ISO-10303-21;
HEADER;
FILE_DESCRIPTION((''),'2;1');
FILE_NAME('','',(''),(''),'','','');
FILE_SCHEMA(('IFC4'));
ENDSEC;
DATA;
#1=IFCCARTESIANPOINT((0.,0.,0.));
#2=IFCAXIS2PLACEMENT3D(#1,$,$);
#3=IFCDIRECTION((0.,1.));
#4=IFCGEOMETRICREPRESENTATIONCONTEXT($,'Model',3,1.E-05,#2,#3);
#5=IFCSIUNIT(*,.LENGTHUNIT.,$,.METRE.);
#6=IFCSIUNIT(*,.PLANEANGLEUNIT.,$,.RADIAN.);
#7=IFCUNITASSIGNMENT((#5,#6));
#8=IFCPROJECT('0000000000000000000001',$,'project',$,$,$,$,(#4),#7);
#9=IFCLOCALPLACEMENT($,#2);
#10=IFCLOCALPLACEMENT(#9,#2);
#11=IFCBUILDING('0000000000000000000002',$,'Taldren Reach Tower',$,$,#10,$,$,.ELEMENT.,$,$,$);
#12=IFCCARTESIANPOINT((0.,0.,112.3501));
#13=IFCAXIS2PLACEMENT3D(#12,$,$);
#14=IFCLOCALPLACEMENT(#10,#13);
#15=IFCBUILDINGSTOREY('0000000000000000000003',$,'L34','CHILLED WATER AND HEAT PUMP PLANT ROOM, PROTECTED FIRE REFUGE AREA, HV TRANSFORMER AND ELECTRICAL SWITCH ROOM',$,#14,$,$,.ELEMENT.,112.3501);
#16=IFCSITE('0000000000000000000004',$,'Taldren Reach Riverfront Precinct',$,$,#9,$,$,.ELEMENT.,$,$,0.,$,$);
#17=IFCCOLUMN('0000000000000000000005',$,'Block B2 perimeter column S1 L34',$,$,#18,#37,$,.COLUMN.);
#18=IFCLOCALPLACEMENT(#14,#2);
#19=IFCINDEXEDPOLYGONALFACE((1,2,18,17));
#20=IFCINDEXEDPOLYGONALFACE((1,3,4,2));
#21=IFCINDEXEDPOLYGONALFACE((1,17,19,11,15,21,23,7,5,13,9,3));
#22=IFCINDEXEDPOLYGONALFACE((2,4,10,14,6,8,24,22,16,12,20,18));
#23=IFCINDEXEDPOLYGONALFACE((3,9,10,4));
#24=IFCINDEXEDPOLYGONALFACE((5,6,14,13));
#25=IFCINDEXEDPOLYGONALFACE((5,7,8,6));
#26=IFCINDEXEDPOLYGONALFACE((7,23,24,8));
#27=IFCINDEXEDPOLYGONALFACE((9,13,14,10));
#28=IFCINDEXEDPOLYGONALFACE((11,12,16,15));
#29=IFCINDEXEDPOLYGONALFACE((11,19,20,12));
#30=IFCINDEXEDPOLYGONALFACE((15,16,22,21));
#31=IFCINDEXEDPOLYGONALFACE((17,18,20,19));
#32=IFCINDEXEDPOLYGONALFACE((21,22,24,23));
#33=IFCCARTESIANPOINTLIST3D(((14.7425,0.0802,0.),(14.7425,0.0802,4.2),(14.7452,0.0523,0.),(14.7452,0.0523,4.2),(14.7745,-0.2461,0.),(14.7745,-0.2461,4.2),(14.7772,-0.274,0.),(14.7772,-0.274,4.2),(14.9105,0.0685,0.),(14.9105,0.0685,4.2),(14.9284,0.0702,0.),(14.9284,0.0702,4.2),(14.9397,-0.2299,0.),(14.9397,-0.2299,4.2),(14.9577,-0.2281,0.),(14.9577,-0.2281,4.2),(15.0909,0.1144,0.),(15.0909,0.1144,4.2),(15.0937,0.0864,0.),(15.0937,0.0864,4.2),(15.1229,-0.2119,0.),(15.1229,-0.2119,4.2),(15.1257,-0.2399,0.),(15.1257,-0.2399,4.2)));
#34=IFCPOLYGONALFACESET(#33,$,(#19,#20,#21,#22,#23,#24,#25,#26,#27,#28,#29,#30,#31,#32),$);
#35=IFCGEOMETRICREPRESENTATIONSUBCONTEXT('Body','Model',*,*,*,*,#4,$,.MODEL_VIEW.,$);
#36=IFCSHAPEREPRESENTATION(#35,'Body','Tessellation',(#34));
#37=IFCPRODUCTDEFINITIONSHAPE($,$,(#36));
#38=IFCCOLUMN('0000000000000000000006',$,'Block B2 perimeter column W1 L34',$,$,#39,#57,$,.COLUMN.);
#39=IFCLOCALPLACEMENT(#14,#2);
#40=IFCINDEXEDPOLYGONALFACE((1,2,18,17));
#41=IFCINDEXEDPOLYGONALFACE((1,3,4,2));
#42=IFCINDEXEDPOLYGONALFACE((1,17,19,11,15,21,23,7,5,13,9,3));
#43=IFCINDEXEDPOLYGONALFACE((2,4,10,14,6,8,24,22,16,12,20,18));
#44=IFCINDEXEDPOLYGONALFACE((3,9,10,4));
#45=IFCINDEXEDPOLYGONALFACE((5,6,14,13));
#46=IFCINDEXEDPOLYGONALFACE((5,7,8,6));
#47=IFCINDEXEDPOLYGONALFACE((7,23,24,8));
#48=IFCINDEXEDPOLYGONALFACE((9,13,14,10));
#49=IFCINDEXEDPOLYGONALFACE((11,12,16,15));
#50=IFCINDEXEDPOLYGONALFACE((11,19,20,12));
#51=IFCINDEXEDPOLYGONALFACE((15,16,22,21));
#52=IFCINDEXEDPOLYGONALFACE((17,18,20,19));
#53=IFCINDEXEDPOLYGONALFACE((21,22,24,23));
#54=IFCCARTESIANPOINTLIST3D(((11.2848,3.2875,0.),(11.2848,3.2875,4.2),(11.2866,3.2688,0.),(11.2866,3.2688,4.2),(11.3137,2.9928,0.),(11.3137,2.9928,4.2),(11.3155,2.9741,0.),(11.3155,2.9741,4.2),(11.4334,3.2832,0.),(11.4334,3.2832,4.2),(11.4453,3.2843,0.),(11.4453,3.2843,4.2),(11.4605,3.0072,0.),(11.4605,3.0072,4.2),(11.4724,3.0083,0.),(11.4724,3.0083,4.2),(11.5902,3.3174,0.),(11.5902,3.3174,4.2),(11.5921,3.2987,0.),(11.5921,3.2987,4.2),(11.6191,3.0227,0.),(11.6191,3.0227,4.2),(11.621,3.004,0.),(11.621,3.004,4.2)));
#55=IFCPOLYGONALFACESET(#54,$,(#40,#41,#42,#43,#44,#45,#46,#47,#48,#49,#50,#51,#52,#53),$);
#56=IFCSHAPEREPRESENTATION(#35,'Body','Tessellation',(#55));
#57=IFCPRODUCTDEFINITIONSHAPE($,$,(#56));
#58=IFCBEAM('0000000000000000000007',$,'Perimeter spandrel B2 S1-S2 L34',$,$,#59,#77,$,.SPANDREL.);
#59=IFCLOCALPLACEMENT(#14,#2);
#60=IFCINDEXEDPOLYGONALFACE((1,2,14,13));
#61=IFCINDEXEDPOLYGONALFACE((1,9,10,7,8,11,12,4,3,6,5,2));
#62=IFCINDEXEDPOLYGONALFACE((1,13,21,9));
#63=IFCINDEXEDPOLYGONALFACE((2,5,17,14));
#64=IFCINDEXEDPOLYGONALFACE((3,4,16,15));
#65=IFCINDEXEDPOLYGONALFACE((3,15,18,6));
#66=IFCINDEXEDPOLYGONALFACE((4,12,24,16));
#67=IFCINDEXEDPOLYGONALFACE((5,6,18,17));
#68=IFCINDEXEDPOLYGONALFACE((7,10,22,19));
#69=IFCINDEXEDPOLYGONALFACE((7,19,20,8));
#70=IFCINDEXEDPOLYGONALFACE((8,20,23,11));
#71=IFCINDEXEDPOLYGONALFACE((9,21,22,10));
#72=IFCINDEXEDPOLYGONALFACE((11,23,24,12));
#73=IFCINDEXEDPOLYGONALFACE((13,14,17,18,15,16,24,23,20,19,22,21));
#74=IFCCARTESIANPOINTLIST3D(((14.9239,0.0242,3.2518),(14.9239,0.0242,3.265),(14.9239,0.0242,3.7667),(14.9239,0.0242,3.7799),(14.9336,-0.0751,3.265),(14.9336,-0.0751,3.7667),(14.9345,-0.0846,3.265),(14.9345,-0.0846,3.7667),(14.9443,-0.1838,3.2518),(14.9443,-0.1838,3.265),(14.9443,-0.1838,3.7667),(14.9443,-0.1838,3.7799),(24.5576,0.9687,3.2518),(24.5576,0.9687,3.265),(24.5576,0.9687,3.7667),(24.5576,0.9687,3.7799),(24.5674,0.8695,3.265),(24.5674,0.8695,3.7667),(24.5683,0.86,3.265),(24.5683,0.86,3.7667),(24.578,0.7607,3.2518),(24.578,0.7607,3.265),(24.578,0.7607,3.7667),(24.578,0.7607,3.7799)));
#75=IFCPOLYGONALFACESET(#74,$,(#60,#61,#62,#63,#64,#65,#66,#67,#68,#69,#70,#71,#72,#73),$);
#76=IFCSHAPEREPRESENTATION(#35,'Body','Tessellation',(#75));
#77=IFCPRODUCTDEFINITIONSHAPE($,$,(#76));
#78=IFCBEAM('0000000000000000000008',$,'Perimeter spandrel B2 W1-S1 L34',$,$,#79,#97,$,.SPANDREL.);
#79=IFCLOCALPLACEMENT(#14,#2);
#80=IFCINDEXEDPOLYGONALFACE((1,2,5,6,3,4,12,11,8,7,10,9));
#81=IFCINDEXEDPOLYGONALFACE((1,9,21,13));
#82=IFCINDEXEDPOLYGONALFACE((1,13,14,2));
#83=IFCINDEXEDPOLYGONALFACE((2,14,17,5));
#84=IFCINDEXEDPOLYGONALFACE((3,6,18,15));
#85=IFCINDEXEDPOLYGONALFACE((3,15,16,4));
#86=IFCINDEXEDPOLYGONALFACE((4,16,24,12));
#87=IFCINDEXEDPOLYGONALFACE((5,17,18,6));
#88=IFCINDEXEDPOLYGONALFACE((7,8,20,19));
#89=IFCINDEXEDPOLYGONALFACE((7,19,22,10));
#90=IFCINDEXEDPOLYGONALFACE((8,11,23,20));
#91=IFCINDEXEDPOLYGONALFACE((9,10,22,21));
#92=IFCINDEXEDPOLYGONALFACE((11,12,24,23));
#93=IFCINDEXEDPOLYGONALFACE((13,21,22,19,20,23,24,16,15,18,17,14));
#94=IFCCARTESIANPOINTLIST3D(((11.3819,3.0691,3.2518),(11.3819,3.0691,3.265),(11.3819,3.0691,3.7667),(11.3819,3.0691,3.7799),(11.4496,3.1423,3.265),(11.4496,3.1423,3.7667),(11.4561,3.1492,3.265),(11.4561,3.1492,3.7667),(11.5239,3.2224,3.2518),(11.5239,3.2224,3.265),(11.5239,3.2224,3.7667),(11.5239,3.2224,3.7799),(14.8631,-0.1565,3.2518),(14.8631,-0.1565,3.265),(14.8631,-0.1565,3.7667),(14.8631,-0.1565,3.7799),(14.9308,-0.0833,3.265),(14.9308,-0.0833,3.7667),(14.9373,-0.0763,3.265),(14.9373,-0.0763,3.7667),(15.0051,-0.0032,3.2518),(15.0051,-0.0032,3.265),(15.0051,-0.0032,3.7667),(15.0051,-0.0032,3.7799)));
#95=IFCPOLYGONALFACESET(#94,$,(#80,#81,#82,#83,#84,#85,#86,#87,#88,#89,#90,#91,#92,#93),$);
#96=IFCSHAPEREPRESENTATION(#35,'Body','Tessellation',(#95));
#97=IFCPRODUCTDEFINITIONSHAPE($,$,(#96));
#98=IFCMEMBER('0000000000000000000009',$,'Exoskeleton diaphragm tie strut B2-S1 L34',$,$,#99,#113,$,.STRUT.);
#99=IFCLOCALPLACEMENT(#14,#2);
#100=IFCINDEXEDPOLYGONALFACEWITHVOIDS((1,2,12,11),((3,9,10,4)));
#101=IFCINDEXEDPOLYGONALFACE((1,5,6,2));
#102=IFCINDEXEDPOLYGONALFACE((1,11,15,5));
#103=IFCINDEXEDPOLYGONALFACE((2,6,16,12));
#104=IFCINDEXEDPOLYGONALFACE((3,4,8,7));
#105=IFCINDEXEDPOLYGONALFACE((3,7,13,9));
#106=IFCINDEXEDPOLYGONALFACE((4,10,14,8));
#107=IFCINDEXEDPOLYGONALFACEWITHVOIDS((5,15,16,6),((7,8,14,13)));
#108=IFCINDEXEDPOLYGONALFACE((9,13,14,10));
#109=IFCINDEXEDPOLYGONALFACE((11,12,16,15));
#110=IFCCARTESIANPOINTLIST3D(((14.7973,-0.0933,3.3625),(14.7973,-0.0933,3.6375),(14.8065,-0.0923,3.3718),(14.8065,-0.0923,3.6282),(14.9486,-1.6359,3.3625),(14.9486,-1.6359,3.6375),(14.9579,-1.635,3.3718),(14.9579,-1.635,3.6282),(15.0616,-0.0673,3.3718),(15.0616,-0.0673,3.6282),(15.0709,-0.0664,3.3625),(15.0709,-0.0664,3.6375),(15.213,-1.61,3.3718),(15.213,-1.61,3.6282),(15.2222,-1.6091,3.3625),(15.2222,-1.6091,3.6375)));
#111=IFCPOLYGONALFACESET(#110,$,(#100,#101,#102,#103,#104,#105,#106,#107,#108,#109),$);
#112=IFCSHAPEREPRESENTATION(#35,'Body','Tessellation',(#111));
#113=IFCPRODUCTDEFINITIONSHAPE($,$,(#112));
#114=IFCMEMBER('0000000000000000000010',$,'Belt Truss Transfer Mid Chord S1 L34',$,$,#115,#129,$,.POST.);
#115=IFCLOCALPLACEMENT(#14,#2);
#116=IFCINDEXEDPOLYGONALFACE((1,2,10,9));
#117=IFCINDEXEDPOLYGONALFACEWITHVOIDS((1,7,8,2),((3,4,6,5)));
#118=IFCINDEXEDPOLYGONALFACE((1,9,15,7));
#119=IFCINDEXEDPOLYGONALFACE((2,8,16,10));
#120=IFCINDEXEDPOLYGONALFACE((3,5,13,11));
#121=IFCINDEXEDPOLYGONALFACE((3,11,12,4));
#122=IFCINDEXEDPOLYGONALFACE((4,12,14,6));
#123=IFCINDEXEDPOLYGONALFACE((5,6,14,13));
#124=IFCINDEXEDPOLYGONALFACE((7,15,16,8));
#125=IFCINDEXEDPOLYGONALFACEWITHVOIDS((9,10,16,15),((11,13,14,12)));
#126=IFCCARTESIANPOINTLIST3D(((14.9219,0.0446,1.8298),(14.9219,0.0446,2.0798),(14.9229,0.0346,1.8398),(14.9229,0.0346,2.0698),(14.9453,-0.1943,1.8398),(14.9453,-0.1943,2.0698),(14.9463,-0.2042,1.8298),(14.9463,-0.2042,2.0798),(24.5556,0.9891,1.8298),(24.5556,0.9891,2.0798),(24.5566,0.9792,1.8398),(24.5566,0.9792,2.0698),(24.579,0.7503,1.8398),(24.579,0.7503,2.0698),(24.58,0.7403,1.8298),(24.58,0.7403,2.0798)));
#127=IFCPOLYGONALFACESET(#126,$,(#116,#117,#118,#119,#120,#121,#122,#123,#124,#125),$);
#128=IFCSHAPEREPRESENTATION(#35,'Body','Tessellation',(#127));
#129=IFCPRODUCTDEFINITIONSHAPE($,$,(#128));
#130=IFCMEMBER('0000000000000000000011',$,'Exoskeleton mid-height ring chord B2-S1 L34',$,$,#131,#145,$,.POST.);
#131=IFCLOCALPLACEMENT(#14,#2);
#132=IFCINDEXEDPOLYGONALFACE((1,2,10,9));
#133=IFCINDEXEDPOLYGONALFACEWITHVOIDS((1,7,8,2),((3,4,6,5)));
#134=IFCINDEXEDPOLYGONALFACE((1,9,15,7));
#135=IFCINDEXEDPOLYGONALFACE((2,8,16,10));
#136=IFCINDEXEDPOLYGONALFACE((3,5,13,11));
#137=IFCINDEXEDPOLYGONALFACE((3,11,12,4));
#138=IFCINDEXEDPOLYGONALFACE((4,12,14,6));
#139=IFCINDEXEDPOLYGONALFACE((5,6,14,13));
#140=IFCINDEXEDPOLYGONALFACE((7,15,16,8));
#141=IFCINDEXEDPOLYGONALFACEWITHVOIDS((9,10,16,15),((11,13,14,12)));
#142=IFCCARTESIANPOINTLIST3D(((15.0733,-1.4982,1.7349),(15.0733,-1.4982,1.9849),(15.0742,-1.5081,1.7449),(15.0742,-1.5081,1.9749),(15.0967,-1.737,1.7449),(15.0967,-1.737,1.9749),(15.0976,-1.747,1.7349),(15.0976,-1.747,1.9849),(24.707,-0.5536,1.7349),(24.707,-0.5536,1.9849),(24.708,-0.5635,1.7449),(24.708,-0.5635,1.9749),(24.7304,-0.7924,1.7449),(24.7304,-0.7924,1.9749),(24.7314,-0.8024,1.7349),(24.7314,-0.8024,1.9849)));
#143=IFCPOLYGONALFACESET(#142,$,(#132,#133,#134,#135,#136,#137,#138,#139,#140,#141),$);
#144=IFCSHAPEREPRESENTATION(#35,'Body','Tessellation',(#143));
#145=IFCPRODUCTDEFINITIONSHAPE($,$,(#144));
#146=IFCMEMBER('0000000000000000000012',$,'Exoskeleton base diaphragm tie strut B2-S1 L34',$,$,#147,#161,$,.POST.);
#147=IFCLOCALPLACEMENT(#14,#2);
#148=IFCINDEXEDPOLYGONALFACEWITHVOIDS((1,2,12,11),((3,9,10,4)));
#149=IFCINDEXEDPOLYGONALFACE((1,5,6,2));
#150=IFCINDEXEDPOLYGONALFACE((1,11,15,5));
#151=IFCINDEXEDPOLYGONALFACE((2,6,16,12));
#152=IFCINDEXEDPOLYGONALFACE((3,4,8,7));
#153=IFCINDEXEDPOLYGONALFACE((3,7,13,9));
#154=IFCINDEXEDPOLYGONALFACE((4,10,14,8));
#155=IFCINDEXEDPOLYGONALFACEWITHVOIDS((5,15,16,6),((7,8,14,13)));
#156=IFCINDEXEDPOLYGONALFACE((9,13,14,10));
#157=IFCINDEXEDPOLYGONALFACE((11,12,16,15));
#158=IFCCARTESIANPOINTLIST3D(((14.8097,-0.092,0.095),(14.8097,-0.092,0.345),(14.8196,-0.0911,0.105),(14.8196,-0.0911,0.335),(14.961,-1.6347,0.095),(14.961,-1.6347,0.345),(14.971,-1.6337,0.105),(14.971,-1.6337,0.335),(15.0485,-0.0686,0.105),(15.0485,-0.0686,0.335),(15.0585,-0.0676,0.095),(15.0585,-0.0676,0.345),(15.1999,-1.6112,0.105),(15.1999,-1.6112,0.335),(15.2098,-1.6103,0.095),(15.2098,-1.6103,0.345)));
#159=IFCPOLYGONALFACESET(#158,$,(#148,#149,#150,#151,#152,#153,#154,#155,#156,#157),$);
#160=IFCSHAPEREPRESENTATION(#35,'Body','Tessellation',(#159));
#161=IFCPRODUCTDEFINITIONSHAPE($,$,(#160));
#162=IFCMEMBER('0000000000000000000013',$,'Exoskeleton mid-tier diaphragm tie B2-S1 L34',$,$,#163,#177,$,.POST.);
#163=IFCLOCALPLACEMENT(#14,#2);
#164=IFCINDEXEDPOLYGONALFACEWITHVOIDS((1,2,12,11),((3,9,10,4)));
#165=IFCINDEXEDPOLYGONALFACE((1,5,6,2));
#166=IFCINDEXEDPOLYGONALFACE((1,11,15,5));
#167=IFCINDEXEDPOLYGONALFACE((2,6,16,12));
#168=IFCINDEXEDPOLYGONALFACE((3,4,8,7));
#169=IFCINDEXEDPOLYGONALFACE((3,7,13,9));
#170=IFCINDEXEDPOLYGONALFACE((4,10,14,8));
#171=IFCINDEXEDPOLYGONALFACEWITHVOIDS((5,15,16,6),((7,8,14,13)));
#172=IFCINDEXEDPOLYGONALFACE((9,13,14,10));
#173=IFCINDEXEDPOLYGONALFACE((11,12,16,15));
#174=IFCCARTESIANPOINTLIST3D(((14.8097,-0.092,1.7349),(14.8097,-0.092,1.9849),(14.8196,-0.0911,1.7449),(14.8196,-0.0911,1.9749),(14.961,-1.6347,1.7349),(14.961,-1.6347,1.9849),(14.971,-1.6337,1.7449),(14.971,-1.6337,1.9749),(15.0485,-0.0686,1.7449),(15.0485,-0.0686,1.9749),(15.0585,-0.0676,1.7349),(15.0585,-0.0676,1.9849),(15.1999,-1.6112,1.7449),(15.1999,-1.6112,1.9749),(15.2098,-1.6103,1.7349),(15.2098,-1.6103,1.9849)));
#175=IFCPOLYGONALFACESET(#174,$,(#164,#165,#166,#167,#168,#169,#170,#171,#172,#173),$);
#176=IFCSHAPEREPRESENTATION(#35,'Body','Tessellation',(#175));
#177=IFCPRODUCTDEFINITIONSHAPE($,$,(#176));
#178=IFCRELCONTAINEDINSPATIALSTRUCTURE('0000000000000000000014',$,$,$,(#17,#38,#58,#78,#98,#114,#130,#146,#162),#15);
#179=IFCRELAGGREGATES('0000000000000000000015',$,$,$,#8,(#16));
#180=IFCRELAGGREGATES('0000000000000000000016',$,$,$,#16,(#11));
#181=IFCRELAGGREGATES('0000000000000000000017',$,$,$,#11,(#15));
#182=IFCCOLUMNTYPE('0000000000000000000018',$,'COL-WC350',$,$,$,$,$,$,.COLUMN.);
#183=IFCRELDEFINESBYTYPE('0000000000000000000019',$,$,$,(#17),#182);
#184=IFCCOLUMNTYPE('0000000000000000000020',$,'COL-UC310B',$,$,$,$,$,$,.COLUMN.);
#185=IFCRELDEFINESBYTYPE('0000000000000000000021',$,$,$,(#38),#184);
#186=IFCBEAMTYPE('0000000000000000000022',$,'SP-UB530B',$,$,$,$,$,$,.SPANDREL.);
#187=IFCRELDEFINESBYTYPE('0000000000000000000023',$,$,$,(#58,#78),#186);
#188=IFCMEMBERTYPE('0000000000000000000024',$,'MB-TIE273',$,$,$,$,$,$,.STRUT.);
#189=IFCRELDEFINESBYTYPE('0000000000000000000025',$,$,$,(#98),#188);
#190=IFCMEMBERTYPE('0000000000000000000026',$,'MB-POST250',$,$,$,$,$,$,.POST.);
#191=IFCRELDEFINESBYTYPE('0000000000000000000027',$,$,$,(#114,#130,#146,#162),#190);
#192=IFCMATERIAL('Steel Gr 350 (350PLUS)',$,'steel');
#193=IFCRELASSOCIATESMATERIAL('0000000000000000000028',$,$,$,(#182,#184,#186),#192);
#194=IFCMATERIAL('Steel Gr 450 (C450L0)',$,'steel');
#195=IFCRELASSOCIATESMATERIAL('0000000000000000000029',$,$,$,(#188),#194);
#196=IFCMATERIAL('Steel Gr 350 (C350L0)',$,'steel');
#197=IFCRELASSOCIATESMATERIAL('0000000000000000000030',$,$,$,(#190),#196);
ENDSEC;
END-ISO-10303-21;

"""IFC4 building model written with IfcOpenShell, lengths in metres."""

from ifc_helpers import new_model, si_unit, direction, frame, origin, origin_2d, place, context, subcontext, project, spatial, hollow_rectangle, i_section, extrude, source, transform, mapped, material, material_profile, profile_set, type_object, element, save


model = new_model("IFC4")

# Units and contexts
model_context = context("Model", 3, precision=1e-05, world=origin(), true_north=direction((0.0, 1.0)))
body_context = subcontext(model_context, "Body", "Model", "MODEL_VIEW")
ifc_project = project(units=[si_unit("LENGTHUNIT", "METRE"), si_unit("PLANEANGLEUNIT", "RADIAN")], contexts=[model_context])

# Site, building, storey
site_placement = place(None, origin())
site = spatial("IfcSite", under=ifc_project, at=site_placement, Name="Taldren Reach Riverfront Precinct", CompositionType="ELEMENT", RefElevation=0.0)
building_placement = place(site_placement, origin())
building = spatial("IfcBuilding", under=site, at=building_placement, Name="Taldren Reach Tower", CompositionType="ELEMENT")
storey_placement = place(building_placement, frame((0.0, 0.0, 112.3501)))
storey = spatial("IfcBuildingStorey", under=building, at=storey_placement, Name="L34", Description="CHILLED WATER AND HEAT PUMP PLANT ROOM, PROTECTED FIRE REFUGE AREA, HV TRANSFORMER AND ELECTRICAL SWITCH ROOM", CompositionType="ELEMENT", Elevation=112.3501)

# Columns
ifc_material_1 = material(Name="Steel Gr 350 (350PLUS)", Category="steel")
ifc_material_profile_1 = material_profile(ifc_material_1, i_section(OverallWidth=0.3501, OverallDepth=0.356, WebThickness=0.0181, FlangeThickness=0.0281, at=origin_2d()), Name="350WC197")
ifc_profile_set_1 = profile_set([ifc_material_profile_1], Name="Steel Gr 350 (350PLUS)")
column_type_1 = type_object("IfcColumnType", Name="COL-WC350", PredefinedType="COLUMN", material=ifc_profile_set_1)
shared_shape_1 = source(origin(), body_context, "Body", "SweptSolid", [
    extrude(i_section(OverallWidth=0.3501, OverallDepth=0.356, WebThickness=0.0181, FlangeThickness=0.0281, at=origin_2d()), origin(), (0.0, 0.0, 1.0), 4.2),
])
column_1_placement = place(storey_placement, frame((14.9341, -0.0798, 0.0), z_axis=(0.0, 0.0, 1.0), x_axis=(0.995227, 0.097583, 0.0)))
element("IfcColumn", 1, at=column_1_placement, inside=storey, type_object=column_type_1, Name="Block B2 perimeter column S1 L34", PredefinedType="COLUMN", context=body_context, shape_type="MappedRepresentation", body=[
    mapped(shared_shape_1, transform((0.0, 0.0, 0.0), scale=1.0)),
])
ifc_material_profile_2 = material_profile(ifc_material_1, i_section(OverallWidth=0.3069, OverallDepth=0.3149, WebThickness=0.012, FlangeThickness=0.0188, at=origin_2d()), Name="310UC118")
ifc_profile_set_2 = profile_set([ifc_material_profile_2], Name="Steel Gr 350 (350PLUS)")
column_type_2 = type_object("IfcColumnType", Name="COL-UC310B", PredefinedType="COLUMN", material=ifc_profile_set_2)
shared_shape_2 = source(origin(), body_context, "Body", "SweptSolid", [
    extrude(i_section(OverallWidth=0.3069, OverallDepth=0.3149, WebThickness=0.012, FlangeThickness=0.0188, at=origin_2d()), origin(), (0.0, 0.0, 1.0), 4.2),
])
column_2_placement = place(storey_placement, frame((11.4529, 3.1458, 0.0), z_axis=(0.0, 0.0, 1.0), x_axis=(0.995227, 0.097583, 0.0)))
element("IfcColumn", 2, at=column_2_placement, inside=storey, type_object=column_type_2, Name="Block B2 perimeter column W1 L34", PredefinedType="COLUMN", context=body_context, shape_type="MappedRepresentation", body=[
    mapped(shared_shape_2, transform((0.0, 0.0, 0.0), scale=1.0)),
])

# Beams
ifc_material_profile_3 = material_profile(ifc_material_1, i_section(OverallWidth=0.209, OverallDepth=0.5281, WebThickness=0.0095, FlangeThickness=0.0132, at=origin_2d()), Name="530UB82.0")
ifc_profile_set_3 = profile_set([ifc_material_profile_3], Name="Steel Gr 350 (350PLUS)")
beam_type_1 = type_object("IfcBeamType", Name="SP-UB530B", PredefinedType="SPANDREL", material=ifc_profile_set_3)
shared_shape_3 = source(origin(), body_context, "Body", "SweptSolid", [
    extrude(i_section(OverallWidth=0.209, OverallDepth=0.5281, WebThickness=0.0095, FlangeThickness=0.0132, at=origin_2d()), origin(), (0.0, 0.0, 1.0), 9.6799),
])
beam_1_placement = place(storey_placement, frame((14.9341, -0.0798, 3.5159), z_axis=(0.995228, 0.097581, 0.0), x_axis=(-0.097581, 0.995228, 0.0)))
element("IfcBeam", 3, at=beam_1_placement, inside=storey, type_object=beam_type_1, Name="Perimeter spandrel B2 S1-S2 L34", PredefinedType="SPANDREL", context=body_context, shape_type="MappedRepresentation", body=[
    mapped(shared_shape_3, transform((0.0, 0.0, 0.0), scale=1.0)),
])
shared_shape_4 = source(origin(), body_context, "Body", "SweptSolid", [
    extrude(i_section(OverallWidth=0.209, OverallDepth=0.5281, WebThickness=0.0095, FlangeThickness=0.0132, at=origin_2d()), origin(), (0.0, 0.0, 1.0), 4.7458),
])
beam_2_placement = place(storey_placement, frame((11.4529, 3.1458, 3.5159), z_axis=(0.733524, -0.679663, 0.0), x_axis=(0.679663, 0.733524, 0.0)))
element("IfcBeam", 4, at=beam_2_placement, inside=storey, type_object=beam_type_1, Name="Perimeter spandrel B2 W1-S1 L34", PredefinedType="SPANDREL", context=body_context, shape_type="MappedRepresentation", body=[
    mapped(shared_shape_4, transform((0.0, 0.0, 0.0), scale=1.0)),
])

# Members
ifc_material_2 = material(Name="Steel Gr 450 (C450L0)", Category="steel")
ifc_material_profile_4 = material_profile(ifc_material_2, hollow_rectangle(XDim=0.2749, YDim=0.2749, WallThickness=0.0093, at=origin_2d()), Name="275x275x9.3SHS")
ifc_profile_set_4 = profile_set([ifc_material_profile_4], Name="Steel Gr 450 (C450L0)")
member_type_1 = type_object("IfcMemberType", Name="MB-TIE273", PredefinedType="STRUT", material=ifc_profile_set_4)
shared_shape_5 = source(origin(), body_context, "Body", "SweptSolid", [
    extrude(hollow_rectangle(XDim=0.2749, YDim=0.2749, WallThickness=0.0093, at=origin_2d()), origin(), (0.0, 0.0, 1.0), 1.55),
])
member_1_placement = place(storey_placement, frame((14.9341, -0.0798, 3.5), z_axis=(0.097648, -0.995221, 0.0), x_axis=(0.995221, 0.097648, 0.0)))
element("IfcMember", 5, at=member_1_placement, inside=storey, type_object=member_type_1, Name="Exoskeleton diaphragm tie strut B2-S1 L34", PredefinedType="STRUT", context=body_context, shape_type="MappedRepresentation", body=[
    mapped(shared_shape_5, transform((0.0, 0.0, 0.0), scale=1.0)),
])
ifc_material_3 = material(Name="Steel Gr 350 (C350L0)", Category="steel")
ifc_material_profile_5 = material_profile(ifc_material_3, hollow_rectangle(XDim=0.25, YDim=0.25, WallThickness=0.01, at=origin_2d()), Name="250x250x10.0SHS")
ifc_profile_set_5 = profile_set([ifc_material_profile_5], Name="Steel Gr 350 (C350L0)")
member_type_2 = type_object("IfcMemberType", Name="MB-POST250", PredefinedType="POST", material=ifc_profile_set_5)
shared_shape_6 = source(origin(), body_context, "Body", "SweptSolid", [
    extrude(hollow_rectangle(XDim=0.25, YDim=0.25, WallThickness=0.01, at=origin_2d()), origin(), (0.0, 0.0, 1.0), 9.6799),
])
for number, where, z_axis, x_axis, name in (
    (6, (14.9341, -0.0798, 1.9548), (0.995228, 0.097581, 0.0), (-0.097581, 0.995228, 0.0), "Belt Truss Transfer Mid Chord S1 L34"),
    (7, (15.0854, -1.6226, 1.8599), (0.995228, 0.097581, 0.0), (-0.097581, 0.995228, 0.0), "Exoskeleton mid-height ring chord B2-S1 L34"),
):
    element("IfcMember", number, at=place(storey_placement, frame(where, z_axis=z_axis, x_axis=x_axis)), inside=storey, type_object=member_type_2, Name=name, PredefinedType="POST", context=body_context, shape_type="MappedRepresentation", body=[
        mapped(shared_shape_6, transform((0.0, 0.0, 0.0), scale=1.0)),
    ])
shared_shape_7 = source(origin(), body_context, "Body", "SweptSolid", [
    extrude(hollow_rectangle(XDim=0.25, YDim=0.25, WallThickness=0.01, at=origin_2d()), origin(), (0.0, 0.0, 1.0), 1.55),
])
for number, where, z_axis, x_axis, name in (
    (8, (14.9341, -0.0798, 0.22), (0.097648, -0.995221, 0.0), (0.995221, 0.097648, 0.0), "Exoskeleton base diaphragm tie strut B2-S1 L34"),
    (9, (14.9341, -0.0798, 1.8599), (0.097648, -0.995221, 0.0), (0.995221, 0.097648, 0.0), "Exoskeleton mid-tier diaphragm tie B2-S1 L34"),
):
    element("IfcMember", number, at=place(storey_placement, frame(where, z_axis=z_axis, x_axis=x_axis)), inside=storey, type_object=member_type_2, Name=name, PredefinedType="POST", context=body_context, shape_type="MappedRepresentation", body=[
        mapped(shared_shape_7, transform((0.0, 0.0, 0.0), scale=1.0)),
    ])

save(model, "model.ifc")
